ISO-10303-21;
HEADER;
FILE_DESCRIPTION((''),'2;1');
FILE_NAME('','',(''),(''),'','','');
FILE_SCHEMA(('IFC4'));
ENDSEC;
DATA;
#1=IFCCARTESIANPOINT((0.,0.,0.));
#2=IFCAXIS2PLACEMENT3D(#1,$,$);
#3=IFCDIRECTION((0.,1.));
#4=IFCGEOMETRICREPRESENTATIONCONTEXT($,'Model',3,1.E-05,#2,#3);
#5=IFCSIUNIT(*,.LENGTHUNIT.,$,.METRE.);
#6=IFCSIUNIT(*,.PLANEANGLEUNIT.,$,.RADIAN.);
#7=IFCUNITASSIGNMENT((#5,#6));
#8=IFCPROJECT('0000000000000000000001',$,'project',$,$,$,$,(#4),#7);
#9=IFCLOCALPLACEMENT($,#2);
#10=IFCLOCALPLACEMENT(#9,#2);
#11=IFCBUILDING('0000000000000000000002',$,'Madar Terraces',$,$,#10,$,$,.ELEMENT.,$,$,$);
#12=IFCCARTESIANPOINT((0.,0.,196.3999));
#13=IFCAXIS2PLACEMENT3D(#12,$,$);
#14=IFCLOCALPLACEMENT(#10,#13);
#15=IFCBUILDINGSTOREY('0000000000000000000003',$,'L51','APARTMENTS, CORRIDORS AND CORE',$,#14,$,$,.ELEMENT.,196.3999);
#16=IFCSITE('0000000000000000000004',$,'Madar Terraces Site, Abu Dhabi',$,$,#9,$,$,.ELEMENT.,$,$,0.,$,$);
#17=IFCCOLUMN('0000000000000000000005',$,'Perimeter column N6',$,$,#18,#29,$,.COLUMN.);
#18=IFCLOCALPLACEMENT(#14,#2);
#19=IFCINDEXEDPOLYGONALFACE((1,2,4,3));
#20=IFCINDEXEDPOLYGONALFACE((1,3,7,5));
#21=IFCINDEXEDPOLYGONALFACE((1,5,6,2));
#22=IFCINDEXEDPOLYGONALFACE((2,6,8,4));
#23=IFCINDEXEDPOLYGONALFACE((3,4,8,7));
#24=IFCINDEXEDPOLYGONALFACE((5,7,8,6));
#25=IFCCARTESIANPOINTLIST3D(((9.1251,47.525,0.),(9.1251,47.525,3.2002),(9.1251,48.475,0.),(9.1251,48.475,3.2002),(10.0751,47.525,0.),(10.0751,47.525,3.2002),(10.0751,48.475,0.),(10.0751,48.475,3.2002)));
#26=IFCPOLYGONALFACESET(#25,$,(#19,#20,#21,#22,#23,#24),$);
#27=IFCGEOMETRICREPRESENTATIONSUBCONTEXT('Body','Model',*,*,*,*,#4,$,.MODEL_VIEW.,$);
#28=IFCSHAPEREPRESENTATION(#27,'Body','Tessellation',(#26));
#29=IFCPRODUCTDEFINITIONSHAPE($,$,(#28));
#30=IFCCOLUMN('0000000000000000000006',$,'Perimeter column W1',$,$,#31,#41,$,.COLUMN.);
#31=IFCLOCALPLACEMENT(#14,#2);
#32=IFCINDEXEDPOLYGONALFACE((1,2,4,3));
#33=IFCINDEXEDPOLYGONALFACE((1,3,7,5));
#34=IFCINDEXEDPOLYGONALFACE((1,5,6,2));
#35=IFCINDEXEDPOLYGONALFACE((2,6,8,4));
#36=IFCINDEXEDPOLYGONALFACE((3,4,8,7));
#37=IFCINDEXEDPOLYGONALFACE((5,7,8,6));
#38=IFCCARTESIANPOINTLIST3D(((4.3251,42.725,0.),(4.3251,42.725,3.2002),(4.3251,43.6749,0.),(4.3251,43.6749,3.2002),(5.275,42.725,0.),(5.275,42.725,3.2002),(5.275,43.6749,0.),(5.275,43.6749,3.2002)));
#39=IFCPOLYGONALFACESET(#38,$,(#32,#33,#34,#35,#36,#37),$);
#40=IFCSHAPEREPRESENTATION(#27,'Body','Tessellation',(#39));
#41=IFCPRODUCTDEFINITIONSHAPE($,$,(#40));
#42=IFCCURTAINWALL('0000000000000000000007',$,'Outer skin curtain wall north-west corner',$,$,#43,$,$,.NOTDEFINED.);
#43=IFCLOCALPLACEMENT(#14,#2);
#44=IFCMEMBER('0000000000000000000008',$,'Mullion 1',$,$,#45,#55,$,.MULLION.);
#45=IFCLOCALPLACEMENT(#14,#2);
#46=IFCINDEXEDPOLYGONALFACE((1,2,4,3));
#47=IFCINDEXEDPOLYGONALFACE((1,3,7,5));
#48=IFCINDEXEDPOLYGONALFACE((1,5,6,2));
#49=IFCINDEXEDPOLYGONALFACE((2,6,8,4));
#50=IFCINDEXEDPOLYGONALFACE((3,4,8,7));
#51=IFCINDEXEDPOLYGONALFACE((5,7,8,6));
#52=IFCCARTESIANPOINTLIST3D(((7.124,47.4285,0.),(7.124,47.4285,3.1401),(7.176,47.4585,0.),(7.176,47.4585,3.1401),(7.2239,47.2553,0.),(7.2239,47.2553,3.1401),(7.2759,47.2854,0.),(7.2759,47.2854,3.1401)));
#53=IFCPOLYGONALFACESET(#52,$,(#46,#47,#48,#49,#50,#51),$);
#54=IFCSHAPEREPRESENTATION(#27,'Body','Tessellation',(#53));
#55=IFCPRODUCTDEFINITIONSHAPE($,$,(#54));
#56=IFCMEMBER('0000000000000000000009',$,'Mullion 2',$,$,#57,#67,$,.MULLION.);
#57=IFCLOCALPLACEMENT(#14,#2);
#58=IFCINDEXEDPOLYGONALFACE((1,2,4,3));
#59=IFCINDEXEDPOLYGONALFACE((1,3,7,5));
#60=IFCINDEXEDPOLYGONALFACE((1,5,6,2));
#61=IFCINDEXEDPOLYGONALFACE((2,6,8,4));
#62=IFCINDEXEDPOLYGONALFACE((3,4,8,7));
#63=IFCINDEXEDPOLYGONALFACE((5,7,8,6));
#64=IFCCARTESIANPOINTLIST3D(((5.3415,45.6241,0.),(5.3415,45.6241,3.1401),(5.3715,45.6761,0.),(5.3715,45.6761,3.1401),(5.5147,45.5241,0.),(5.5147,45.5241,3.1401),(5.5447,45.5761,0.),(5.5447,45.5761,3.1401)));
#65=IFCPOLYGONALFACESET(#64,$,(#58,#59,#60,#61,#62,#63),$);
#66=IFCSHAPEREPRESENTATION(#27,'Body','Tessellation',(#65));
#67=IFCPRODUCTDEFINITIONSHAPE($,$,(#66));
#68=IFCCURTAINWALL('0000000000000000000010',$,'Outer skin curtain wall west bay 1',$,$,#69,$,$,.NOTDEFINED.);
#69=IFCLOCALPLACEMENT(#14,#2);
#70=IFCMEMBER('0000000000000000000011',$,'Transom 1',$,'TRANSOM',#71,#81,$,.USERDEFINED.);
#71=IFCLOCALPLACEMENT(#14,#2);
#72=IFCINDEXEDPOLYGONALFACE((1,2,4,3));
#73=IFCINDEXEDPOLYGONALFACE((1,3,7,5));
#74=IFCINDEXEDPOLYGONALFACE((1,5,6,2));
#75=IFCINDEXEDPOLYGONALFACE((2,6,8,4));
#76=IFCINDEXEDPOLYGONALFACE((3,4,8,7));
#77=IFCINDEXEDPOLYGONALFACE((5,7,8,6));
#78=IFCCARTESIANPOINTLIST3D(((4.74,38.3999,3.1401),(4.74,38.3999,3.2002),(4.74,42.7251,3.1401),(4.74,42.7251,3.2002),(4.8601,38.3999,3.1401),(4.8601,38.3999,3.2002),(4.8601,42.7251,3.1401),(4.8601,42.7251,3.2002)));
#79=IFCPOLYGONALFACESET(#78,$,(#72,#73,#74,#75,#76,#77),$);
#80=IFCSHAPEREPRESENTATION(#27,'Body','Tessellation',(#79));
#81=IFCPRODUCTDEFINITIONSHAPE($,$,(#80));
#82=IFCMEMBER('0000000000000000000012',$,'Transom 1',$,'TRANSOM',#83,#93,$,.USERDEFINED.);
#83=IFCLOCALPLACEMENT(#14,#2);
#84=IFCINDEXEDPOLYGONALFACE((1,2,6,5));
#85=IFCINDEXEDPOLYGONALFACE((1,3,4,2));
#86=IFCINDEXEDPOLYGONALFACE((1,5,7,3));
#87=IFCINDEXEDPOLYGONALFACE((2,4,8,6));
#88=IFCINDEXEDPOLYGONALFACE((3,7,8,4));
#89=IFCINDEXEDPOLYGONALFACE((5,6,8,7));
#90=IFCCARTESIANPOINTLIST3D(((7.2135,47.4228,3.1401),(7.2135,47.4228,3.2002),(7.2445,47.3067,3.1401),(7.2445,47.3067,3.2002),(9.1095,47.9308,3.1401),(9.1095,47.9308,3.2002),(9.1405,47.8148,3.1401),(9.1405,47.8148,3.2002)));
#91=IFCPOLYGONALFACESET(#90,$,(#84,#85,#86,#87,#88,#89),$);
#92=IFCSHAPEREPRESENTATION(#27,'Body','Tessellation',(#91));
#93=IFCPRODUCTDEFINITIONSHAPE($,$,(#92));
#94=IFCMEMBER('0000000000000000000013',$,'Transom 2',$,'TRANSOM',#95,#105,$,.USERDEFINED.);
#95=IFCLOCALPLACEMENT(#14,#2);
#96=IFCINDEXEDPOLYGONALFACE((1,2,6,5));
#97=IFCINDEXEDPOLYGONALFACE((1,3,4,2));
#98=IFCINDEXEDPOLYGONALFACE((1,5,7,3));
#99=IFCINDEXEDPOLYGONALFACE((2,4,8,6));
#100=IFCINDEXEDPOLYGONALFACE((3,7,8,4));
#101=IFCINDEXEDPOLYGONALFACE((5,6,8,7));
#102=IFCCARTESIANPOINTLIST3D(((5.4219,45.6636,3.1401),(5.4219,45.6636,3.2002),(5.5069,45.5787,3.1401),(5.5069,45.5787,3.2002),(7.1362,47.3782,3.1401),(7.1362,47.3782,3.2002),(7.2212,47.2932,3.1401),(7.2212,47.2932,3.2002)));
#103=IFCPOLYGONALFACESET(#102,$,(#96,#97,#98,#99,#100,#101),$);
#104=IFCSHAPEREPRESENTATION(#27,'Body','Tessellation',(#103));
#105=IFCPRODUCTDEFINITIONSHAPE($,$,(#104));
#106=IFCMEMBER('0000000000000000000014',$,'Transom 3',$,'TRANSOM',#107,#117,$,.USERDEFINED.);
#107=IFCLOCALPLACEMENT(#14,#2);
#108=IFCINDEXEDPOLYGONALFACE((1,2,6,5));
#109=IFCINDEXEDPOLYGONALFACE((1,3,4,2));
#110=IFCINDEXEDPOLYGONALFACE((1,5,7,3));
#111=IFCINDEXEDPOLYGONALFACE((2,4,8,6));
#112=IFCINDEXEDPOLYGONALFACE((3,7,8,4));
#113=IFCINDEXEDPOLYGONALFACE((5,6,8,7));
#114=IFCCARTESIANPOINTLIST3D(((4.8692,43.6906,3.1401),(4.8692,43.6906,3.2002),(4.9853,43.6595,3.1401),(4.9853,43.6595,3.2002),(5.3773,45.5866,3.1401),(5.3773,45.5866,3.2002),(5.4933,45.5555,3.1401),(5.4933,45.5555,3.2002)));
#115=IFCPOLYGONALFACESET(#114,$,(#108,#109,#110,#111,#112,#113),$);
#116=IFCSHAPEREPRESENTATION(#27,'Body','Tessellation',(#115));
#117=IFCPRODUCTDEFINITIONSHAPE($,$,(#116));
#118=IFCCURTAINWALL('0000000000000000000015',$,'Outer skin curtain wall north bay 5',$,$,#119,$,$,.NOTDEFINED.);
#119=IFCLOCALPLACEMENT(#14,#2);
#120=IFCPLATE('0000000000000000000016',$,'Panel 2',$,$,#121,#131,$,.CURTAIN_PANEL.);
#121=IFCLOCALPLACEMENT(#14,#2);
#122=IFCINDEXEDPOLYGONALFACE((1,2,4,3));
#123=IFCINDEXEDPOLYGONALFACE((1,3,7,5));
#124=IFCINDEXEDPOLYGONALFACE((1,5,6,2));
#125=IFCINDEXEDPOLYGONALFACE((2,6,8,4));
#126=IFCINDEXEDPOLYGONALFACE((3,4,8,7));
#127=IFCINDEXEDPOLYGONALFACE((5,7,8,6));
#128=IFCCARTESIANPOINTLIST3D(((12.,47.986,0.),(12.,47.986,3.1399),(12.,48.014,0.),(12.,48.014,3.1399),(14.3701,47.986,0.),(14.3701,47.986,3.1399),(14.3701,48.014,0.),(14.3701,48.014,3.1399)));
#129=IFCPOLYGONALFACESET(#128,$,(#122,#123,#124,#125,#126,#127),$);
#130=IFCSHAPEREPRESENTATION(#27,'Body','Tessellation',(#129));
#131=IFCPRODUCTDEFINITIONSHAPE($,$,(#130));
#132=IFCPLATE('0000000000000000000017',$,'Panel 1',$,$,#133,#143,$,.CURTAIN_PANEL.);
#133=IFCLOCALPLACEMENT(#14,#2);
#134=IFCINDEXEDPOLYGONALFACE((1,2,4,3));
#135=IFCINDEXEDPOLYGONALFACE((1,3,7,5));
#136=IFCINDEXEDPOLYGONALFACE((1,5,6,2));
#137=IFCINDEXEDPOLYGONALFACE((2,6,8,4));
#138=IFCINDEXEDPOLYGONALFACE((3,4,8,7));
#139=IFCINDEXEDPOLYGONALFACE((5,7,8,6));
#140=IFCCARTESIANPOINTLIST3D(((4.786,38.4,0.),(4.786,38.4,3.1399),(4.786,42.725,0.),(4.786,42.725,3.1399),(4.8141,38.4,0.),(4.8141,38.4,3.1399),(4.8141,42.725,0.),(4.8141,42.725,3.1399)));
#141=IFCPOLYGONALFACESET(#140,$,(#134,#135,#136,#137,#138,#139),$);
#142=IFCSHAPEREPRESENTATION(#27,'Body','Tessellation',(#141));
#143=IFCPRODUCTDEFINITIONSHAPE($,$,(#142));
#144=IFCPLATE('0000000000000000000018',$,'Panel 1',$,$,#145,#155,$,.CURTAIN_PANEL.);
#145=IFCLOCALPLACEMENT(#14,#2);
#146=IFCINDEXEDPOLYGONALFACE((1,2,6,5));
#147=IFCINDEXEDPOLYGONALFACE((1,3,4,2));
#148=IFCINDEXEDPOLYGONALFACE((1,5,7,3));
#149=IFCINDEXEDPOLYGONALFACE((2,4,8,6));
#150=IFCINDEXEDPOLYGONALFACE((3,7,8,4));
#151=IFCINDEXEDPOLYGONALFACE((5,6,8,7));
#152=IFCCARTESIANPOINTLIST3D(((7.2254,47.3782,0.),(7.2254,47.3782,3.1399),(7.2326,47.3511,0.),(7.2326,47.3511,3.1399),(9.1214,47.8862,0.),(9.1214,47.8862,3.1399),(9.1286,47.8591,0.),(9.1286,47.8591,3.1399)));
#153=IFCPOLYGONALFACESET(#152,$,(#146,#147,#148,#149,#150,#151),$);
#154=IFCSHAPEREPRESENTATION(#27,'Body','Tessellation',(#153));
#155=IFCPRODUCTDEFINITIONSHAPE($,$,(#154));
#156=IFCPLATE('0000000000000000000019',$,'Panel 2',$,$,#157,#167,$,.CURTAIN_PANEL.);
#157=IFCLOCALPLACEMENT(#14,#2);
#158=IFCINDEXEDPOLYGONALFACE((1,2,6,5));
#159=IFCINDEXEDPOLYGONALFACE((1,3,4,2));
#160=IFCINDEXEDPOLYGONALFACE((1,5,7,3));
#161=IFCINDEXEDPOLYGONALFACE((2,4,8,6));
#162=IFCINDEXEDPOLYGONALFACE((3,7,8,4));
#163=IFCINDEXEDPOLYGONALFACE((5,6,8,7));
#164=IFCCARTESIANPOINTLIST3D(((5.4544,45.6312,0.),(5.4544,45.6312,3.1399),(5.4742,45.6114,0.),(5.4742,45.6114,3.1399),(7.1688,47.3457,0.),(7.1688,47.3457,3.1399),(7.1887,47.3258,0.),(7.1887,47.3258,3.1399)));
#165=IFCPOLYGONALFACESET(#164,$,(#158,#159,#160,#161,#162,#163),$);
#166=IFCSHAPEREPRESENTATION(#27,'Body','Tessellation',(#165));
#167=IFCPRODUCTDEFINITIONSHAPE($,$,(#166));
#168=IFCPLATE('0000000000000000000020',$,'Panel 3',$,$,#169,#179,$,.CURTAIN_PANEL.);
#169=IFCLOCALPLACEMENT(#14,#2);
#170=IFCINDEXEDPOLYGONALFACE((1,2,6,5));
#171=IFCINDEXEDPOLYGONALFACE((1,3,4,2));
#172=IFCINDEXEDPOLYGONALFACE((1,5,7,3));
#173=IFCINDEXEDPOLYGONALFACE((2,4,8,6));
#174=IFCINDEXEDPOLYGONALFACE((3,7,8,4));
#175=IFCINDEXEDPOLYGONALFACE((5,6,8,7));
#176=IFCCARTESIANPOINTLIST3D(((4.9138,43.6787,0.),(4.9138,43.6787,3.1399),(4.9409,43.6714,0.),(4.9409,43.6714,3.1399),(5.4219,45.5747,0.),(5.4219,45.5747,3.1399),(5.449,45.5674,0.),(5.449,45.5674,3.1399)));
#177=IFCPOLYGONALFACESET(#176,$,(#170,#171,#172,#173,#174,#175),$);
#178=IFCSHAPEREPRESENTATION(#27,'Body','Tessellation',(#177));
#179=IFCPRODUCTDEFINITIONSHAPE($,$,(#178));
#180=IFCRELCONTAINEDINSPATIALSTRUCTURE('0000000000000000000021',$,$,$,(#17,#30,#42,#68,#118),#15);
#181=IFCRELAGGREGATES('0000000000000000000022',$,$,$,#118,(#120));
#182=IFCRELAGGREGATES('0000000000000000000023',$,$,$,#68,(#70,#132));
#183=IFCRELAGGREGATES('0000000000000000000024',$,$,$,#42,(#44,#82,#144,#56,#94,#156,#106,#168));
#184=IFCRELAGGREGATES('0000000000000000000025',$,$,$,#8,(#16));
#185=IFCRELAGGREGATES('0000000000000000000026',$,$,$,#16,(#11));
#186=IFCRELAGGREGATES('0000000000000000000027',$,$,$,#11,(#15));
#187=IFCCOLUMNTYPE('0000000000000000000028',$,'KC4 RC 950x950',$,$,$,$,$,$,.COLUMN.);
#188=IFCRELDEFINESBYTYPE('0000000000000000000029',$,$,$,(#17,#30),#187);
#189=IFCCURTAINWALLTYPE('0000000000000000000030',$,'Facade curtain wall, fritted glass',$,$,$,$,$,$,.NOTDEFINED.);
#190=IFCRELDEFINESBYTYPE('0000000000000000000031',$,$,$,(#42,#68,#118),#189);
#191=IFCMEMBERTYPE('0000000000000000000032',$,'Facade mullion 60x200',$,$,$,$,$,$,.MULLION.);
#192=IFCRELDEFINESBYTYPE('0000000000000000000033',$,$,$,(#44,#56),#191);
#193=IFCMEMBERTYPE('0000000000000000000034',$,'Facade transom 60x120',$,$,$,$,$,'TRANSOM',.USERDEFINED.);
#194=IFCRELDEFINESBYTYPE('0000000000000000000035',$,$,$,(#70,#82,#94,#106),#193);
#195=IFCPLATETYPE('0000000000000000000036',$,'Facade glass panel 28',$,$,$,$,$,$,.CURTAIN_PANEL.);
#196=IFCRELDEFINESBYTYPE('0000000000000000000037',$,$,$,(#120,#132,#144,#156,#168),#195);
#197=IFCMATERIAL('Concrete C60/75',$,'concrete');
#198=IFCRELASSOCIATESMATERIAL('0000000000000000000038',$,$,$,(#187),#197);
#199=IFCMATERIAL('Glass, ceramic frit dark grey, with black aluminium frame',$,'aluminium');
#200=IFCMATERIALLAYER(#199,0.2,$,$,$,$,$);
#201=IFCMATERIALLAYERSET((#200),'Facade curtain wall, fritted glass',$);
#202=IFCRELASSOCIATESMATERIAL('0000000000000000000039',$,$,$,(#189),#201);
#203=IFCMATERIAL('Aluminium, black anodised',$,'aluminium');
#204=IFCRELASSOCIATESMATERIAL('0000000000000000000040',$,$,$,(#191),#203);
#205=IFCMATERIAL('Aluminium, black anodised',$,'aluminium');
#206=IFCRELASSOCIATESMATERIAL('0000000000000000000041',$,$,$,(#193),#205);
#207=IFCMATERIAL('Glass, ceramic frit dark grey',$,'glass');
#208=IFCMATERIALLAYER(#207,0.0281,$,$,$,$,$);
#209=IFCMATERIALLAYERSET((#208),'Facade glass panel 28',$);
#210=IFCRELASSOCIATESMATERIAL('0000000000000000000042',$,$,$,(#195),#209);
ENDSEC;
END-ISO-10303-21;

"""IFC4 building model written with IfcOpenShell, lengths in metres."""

from ifc_helpers import new_model, si_unit, direction, frame, origin, origin_2d, place, context, subcontext, project, spatial, rectangle, extrude, material, layer, layer_set, material_profile, profile_set, type_object, element, aggregate, save


model = new_model("IFC4")

# Units and contexts
model_context = context("Model", 3, precision=1e-05, world=origin(), true_north=direction((0.0, 1.0)))
body_context = subcontext(model_context, "Body", "Model", "MODEL_VIEW")
ifc_project = project(units=[si_unit("LENGTHUNIT", "METRE"), si_unit("PLANEANGLEUNIT", "RADIAN")], contexts=[model_context])

# Site, building, storey
site_placement = place(None, origin())
site = spatial("IfcSite", under=ifc_project, at=site_placement, Name="Madar Terraces Site, Abu Dhabi", CompositionType="ELEMENT", RefElevation=0.0)
building_placement = place(site_placement, origin())
building = spatial("IfcBuilding", under=site, at=building_placement, Name="Madar Terraces", CompositionType="ELEMENT")
storey_placement = place(building_placement, frame((0.0, 0.0, 196.3999)))
storey = spatial("IfcBuildingStorey", under=building, at=storey_placement, Name="L51", Description="APARTMENTS, CORRIDORS AND CORE", CompositionType="ELEMENT", Elevation=196.3999)

# Columns
ifc_material_1 = material(Name="Concrete C60/75", Category="concrete")
ifc_material_profile_1 = material_profile(ifc_material_1, rectangle(XDim=0.95, YDim=0.95, at=origin_2d()), Name="KC4 RC 950x950")
ifc_profile_set_1 = profile_set([ifc_material_profile_1], Name="Concrete C60/75")
column_type = type_object("IfcColumnType", Name="KC4 RC 950x950", PredefinedType="COLUMN", material=ifc_profile_set_1)
for number, where, z_axis, x_axis, name in (
    (1, (9.6001, 48.0, 0.0), (0.0, 0.0, 1.0), (1.0, 0.0, 0.0), "Perimeter column N6"),
    (2, (4.8, 43.2, 0.0), (0.0, 0.0, 1.0), (1.0, 0.0, 0.0), "Perimeter column W1"),
):
    element("IfcColumn", number, at=place(storey_placement, frame(where, z_axis=z_axis, x_axis=x_axis)), inside=storey, type_object=column_type, Name=name, PredefinedType="COLUMN", context=body_context, shape_type="SweptSolid", body=[
        extrude(rectangle(XDim=0.95, YDim=0.95, at=origin_2d()), origin(), (0.0, 0.0, 1.0), 3.2002),
    ])

# Curtain wall, members
ifc_material_2 = material(Name="Glass, ceramic frit dark grey, with black aluminium frame", Category="aluminium")
ifc_layer_1 = layer(ifc_material_2, 0.2)
ifc_layer_set_1 = layer_set([ifc_layer_1], Name="Facade curtain wall, fritted glass")
curtain_wall_type = type_object("IfcCurtainWallType", Name="Facade curtain wall, fritted glass", PredefinedType="NOTDEFINED", material=ifc_layer_set_1)
curtain_wall_1_placement = place(storey_placement, origin())
curtain_wall_1 = element("IfcCurtainWall", 3, at=curtain_wall_1_placement, inside=storey, type_object=curtain_wall_type, Name="Outer skin curtain wall north-west corner", PredefinedType="NOTDEFINED")
ifc_material_3 = material(Name="Aluminium, black anodised", Category="aluminium")
ifc_material_profile_2 = material_profile(ifc_material_3, rectangle(XDim=0.2, YDim=0.0601, at=origin_2d()), Name="Facade mullion 60x200")
ifc_profile_set_2 = profile_set([ifc_material_profile_2], Name="Aluminium, black anodised")
member_type_1 = type_object("IfcMemberType", Name="Facade mullion 60x200", PredefinedType="MULLION", material=ifc_profile_set_2)
member_1_placement = place(storey_placement, frame((7.2, 47.3569, 0.0), z_axis=(0.0, 0.0, 1.0), x_axis=(0.5, -0.866025, 0.0)))
member_1 = element("IfcMember", 4, at=member_1_placement, type_object=member_type_1, Name="Mullion 1", PredefinedType="MULLION", context=body_context, shape_type="SweptSolid", body=[
    extrude(rectangle(XDim=0.2, YDim=0.0601, at=origin_2d()), origin(), (0.0, 0.0, 1.0), 3.1401),
])
member_2_placement = place(storey_placement, frame((5.4431, 45.6001, 0.0), z_axis=(0.0, 0.0, 1.0), x_axis=(0.866025, -0.5, 0.0)))
member_2 = element("IfcMember", 5, at=member_2_placement, type_object=member_type_1, Name="Mullion 2", PredefinedType="MULLION", context=body_context, shape_type="SweptSolid", body=[
    extrude(rectangle(XDim=0.2, YDim=0.0601, at=origin_2d()), origin(), (0.0, 0.0, 1.0), 3.1401),
])

# Curtain wall, member
curtain_wall_2_placement = place(storey_placement, origin())
curtain_wall_2 = element("IfcCurtainWall", 6, at=curtain_wall_2_placement, inside=storey, type_object=curtain_wall_type, Name="Outer skin curtain wall west bay 1", PredefinedType="NOTDEFINED")
ifc_material_4 = material(Name="Aluminium, black anodised", Category="aluminium")
ifc_material_profile_3 = material_profile(ifc_material_4, rectangle(XDim=0.1201, YDim=0.0601, at=origin_2d()), Name="Facade transom 60x120")
ifc_profile_set_3 = profile_set([ifc_material_profile_3], Name="Aluminium, black anodised")
member_type_2 = type_object("IfcMemberType", Name="Facade transom 60x120", ElementType="TRANSOM", PredefinedType="USERDEFINED", material=ifc_profile_set_3)
member_3_placement = place(storey_placement, frame((4.8, 42.7251, 3.1702), z_axis=(0.0, -1.0, 0.0), x_axis=(1.0, 0.0, 0.0)))
member_3 = element("IfcMember", 7, at=member_3_placement, type_object=member_type_2, Name="Transom 1", ObjectType="TRANSOM", PredefinedType="USERDEFINED", context=body_context, shape_type="SweptSolid", body=[
    extrude(rectangle(XDim=0.1201, YDim=0.0601, at=origin_2d()), origin(), (0.0, 0.0, 1.0), 4.3252),
])

# Members
member_4_placement = place(storey_placement, frame((9.125, 47.8728, 3.1702), z_axis=(-0.965923, -0.258831, 0.0), x_axis=(0.258831, -0.965923, 0.0)))
member_4 = element("IfcMember", 8, at=member_4_placement, type_object=member_type_2, Name="Transom 1", ObjectType="TRANSOM", PredefinedType="USERDEFINED", context=body_context, shape_type="SweptSolid", body=[
    extrude(rectangle(XDim=0.1201, YDim=0.0601, at=origin_2d()), origin(), (0.0, 0.0, 1.0), 1.9629),
])
member_5_placement = place(storey_placement, frame((7.1787, 47.3357, 3.1702), z_axis=(-0.707056, -0.707157, 0.0), x_axis=(0.707157, -0.707056, 0.0)))
member_5 = element("IfcMember", 9, at=member_5_placement, type_object=member_type_2, Name="Transom 2", ObjectType="TRANSOM", PredefinedType="USERDEFINED", context=body_context, shape_type="SweptSolid", body=[
    extrude(rectangle(XDim=0.1201, YDim=0.0601, at=origin_2d()), origin(), (0.0, 0.0, 1.0), 2.4246),
])
member_6_placement = place(storey_placement, frame((5.4353, 45.571, 3.1702), z_axis=(-0.258831, -0.965923, 0.0), x_axis=(0.965923, -0.258831, 0.0)))
member_6 = element("IfcMember", 10, at=member_6_placement, type_object=member_type_2, Name="Transom 3", ObjectType="TRANSOM", PredefinedType="USERDEFINED", context=body_context, shape_type="SweptSolid", body=[
    extrude(rectangle(XDim=0.1201, YDim=0.0601, at=origin_2d()), origin(), (0.0, 0.0, 1.0), 1.9629),
])

# Curtain wall, plate
curtain_wall_3_placement = place(storey_placement, origin())
curtain_wall_3 = element("IfcCurtainWall", 11, at=curtain_wall_3_placement, inside=storey, type_object=curtain_wall_type, Name="Outer skin curtain wall north bay 5", PredefinedType="NOTDEFINED")
ifc_material_5 = material(Name="Glass, ceramic frit dark grey", Category="glass")
ifc_layer_2 = layer(ifc_material_5, 0.0281)
ifc_layer_set_2 = layer_set([ifc_layer_2], Name="Facade glass panel 28")
plate_type = type_object("IfcPlateType", Name="Facade glass panel 28", PredefinedType="CURTAIN_PANEL", material=ifc_layer_set_2)
plate_1_placement = place(storey_placement, frame((13.1851, 48.0, 0.0), z_axis=(0.0, 0.0, 1.0), x_axis=(-1.0, 0.0, 0.0)))
plate_1 = element("IfcPlate", 12, at=plate_1_placement, type_object=plate_type, Name="Panel 2", PredefinedType="CURTAIN_PANEL", context=body_context, shape_type="SweptSolid", body=[
    extrude(rectangle(XDim=2.3701, YDim=0.0281, at=origin_2d()), origin(), (0.0, 0.0, 1.0), 3.1399),
])
aggregate(curtain_wall_3, [plate_1])

# Plates
plate_2_placement = place(storey_placement, frame((4.8, 40.5625, 0.0), z_axis=(0.0, 0.0, 1.0), x_axis=(0.0, -1.0, 0.0)))
plate_2 = element("IfcPlate", 13, at=plate_2_placement, type_object=plate_type, Name="Panel 1", PredefinedType="CURTAIN_PANEL", context=body_context, shape_type="SweptSolid", body=[
    extrude(rectangle(XDim=4.325, YDim=0.0281, at=origin_2d()), origin(), (0.0, 0.0, 1.0), 3.1399),
])
aggregate(curtain_wall_2, [member_3, plate_2])
plate_3_placement = place(storey_placement, frame((8.177, 47.6187, 0.0), z_axis=(0.0, 0.0, 1.0), x_axis=(-0.965926, -0.258819, 0.0)))
plate_3 = element("IfcPlate", 14, at=plate_3_placement, type_object=plate_type, Name="Panel 1", PredefinedType="CURTAIN_PANEL", context=body_context, shape_type="SweptSolid", body=[
    extrude(rectangle(XDim=1.9629, YDim=0.0281, at=origin_2d()), origin(), (0.0, 0.0, 1.0), 3.1399),
])
plate_4_placement = place(storey_placement, frame((6.3215, 46.4785, 0.0), z_axis=(0.0, 0.0, 1.0), x_axis=(-0.707107, -0.707107, 0.0)))
plate_4 = element("IfcPlate", 15, at=plate_4_placement, type_object=plate_type, Name="Panel 2", PredefinedType="CURTAIN_PANEL", context=body_context, shape_type="SweptSolid", body=[
    extrude(rectangle(XDim=2.4246, YDim=0.0281, at=origin_2d()), origin(), (0.0, 0.0, 1.0), 3.1399),
])
plate_5_placement = place(storey_placement, frame((5.1814, 44.623, 0.0), z_axis=(0.0, 0.0, 1.0), x_axis=(-0.258819, -0.965926, 0.0)))
plate_5 = element("IfcPlate", 16, at=plate_5_placement, type_object=plate_type, Name="Panel 3", PredefinedType="CURTAIN_PANEL", context=body_context, shape_type="SweptSolid", body=[
    extrude(rectangle(XDim=1.9629, YDim=0.0281, at=origin_2d()), origin(), (0.0, 0.0, 1.0), 3.1399),
])
aggregate(curtain_wall_1, [member_1, member_4, plate_3, member_2, member_5, plate_4, member_6, plate_5])

save(model, "model.ifc")
